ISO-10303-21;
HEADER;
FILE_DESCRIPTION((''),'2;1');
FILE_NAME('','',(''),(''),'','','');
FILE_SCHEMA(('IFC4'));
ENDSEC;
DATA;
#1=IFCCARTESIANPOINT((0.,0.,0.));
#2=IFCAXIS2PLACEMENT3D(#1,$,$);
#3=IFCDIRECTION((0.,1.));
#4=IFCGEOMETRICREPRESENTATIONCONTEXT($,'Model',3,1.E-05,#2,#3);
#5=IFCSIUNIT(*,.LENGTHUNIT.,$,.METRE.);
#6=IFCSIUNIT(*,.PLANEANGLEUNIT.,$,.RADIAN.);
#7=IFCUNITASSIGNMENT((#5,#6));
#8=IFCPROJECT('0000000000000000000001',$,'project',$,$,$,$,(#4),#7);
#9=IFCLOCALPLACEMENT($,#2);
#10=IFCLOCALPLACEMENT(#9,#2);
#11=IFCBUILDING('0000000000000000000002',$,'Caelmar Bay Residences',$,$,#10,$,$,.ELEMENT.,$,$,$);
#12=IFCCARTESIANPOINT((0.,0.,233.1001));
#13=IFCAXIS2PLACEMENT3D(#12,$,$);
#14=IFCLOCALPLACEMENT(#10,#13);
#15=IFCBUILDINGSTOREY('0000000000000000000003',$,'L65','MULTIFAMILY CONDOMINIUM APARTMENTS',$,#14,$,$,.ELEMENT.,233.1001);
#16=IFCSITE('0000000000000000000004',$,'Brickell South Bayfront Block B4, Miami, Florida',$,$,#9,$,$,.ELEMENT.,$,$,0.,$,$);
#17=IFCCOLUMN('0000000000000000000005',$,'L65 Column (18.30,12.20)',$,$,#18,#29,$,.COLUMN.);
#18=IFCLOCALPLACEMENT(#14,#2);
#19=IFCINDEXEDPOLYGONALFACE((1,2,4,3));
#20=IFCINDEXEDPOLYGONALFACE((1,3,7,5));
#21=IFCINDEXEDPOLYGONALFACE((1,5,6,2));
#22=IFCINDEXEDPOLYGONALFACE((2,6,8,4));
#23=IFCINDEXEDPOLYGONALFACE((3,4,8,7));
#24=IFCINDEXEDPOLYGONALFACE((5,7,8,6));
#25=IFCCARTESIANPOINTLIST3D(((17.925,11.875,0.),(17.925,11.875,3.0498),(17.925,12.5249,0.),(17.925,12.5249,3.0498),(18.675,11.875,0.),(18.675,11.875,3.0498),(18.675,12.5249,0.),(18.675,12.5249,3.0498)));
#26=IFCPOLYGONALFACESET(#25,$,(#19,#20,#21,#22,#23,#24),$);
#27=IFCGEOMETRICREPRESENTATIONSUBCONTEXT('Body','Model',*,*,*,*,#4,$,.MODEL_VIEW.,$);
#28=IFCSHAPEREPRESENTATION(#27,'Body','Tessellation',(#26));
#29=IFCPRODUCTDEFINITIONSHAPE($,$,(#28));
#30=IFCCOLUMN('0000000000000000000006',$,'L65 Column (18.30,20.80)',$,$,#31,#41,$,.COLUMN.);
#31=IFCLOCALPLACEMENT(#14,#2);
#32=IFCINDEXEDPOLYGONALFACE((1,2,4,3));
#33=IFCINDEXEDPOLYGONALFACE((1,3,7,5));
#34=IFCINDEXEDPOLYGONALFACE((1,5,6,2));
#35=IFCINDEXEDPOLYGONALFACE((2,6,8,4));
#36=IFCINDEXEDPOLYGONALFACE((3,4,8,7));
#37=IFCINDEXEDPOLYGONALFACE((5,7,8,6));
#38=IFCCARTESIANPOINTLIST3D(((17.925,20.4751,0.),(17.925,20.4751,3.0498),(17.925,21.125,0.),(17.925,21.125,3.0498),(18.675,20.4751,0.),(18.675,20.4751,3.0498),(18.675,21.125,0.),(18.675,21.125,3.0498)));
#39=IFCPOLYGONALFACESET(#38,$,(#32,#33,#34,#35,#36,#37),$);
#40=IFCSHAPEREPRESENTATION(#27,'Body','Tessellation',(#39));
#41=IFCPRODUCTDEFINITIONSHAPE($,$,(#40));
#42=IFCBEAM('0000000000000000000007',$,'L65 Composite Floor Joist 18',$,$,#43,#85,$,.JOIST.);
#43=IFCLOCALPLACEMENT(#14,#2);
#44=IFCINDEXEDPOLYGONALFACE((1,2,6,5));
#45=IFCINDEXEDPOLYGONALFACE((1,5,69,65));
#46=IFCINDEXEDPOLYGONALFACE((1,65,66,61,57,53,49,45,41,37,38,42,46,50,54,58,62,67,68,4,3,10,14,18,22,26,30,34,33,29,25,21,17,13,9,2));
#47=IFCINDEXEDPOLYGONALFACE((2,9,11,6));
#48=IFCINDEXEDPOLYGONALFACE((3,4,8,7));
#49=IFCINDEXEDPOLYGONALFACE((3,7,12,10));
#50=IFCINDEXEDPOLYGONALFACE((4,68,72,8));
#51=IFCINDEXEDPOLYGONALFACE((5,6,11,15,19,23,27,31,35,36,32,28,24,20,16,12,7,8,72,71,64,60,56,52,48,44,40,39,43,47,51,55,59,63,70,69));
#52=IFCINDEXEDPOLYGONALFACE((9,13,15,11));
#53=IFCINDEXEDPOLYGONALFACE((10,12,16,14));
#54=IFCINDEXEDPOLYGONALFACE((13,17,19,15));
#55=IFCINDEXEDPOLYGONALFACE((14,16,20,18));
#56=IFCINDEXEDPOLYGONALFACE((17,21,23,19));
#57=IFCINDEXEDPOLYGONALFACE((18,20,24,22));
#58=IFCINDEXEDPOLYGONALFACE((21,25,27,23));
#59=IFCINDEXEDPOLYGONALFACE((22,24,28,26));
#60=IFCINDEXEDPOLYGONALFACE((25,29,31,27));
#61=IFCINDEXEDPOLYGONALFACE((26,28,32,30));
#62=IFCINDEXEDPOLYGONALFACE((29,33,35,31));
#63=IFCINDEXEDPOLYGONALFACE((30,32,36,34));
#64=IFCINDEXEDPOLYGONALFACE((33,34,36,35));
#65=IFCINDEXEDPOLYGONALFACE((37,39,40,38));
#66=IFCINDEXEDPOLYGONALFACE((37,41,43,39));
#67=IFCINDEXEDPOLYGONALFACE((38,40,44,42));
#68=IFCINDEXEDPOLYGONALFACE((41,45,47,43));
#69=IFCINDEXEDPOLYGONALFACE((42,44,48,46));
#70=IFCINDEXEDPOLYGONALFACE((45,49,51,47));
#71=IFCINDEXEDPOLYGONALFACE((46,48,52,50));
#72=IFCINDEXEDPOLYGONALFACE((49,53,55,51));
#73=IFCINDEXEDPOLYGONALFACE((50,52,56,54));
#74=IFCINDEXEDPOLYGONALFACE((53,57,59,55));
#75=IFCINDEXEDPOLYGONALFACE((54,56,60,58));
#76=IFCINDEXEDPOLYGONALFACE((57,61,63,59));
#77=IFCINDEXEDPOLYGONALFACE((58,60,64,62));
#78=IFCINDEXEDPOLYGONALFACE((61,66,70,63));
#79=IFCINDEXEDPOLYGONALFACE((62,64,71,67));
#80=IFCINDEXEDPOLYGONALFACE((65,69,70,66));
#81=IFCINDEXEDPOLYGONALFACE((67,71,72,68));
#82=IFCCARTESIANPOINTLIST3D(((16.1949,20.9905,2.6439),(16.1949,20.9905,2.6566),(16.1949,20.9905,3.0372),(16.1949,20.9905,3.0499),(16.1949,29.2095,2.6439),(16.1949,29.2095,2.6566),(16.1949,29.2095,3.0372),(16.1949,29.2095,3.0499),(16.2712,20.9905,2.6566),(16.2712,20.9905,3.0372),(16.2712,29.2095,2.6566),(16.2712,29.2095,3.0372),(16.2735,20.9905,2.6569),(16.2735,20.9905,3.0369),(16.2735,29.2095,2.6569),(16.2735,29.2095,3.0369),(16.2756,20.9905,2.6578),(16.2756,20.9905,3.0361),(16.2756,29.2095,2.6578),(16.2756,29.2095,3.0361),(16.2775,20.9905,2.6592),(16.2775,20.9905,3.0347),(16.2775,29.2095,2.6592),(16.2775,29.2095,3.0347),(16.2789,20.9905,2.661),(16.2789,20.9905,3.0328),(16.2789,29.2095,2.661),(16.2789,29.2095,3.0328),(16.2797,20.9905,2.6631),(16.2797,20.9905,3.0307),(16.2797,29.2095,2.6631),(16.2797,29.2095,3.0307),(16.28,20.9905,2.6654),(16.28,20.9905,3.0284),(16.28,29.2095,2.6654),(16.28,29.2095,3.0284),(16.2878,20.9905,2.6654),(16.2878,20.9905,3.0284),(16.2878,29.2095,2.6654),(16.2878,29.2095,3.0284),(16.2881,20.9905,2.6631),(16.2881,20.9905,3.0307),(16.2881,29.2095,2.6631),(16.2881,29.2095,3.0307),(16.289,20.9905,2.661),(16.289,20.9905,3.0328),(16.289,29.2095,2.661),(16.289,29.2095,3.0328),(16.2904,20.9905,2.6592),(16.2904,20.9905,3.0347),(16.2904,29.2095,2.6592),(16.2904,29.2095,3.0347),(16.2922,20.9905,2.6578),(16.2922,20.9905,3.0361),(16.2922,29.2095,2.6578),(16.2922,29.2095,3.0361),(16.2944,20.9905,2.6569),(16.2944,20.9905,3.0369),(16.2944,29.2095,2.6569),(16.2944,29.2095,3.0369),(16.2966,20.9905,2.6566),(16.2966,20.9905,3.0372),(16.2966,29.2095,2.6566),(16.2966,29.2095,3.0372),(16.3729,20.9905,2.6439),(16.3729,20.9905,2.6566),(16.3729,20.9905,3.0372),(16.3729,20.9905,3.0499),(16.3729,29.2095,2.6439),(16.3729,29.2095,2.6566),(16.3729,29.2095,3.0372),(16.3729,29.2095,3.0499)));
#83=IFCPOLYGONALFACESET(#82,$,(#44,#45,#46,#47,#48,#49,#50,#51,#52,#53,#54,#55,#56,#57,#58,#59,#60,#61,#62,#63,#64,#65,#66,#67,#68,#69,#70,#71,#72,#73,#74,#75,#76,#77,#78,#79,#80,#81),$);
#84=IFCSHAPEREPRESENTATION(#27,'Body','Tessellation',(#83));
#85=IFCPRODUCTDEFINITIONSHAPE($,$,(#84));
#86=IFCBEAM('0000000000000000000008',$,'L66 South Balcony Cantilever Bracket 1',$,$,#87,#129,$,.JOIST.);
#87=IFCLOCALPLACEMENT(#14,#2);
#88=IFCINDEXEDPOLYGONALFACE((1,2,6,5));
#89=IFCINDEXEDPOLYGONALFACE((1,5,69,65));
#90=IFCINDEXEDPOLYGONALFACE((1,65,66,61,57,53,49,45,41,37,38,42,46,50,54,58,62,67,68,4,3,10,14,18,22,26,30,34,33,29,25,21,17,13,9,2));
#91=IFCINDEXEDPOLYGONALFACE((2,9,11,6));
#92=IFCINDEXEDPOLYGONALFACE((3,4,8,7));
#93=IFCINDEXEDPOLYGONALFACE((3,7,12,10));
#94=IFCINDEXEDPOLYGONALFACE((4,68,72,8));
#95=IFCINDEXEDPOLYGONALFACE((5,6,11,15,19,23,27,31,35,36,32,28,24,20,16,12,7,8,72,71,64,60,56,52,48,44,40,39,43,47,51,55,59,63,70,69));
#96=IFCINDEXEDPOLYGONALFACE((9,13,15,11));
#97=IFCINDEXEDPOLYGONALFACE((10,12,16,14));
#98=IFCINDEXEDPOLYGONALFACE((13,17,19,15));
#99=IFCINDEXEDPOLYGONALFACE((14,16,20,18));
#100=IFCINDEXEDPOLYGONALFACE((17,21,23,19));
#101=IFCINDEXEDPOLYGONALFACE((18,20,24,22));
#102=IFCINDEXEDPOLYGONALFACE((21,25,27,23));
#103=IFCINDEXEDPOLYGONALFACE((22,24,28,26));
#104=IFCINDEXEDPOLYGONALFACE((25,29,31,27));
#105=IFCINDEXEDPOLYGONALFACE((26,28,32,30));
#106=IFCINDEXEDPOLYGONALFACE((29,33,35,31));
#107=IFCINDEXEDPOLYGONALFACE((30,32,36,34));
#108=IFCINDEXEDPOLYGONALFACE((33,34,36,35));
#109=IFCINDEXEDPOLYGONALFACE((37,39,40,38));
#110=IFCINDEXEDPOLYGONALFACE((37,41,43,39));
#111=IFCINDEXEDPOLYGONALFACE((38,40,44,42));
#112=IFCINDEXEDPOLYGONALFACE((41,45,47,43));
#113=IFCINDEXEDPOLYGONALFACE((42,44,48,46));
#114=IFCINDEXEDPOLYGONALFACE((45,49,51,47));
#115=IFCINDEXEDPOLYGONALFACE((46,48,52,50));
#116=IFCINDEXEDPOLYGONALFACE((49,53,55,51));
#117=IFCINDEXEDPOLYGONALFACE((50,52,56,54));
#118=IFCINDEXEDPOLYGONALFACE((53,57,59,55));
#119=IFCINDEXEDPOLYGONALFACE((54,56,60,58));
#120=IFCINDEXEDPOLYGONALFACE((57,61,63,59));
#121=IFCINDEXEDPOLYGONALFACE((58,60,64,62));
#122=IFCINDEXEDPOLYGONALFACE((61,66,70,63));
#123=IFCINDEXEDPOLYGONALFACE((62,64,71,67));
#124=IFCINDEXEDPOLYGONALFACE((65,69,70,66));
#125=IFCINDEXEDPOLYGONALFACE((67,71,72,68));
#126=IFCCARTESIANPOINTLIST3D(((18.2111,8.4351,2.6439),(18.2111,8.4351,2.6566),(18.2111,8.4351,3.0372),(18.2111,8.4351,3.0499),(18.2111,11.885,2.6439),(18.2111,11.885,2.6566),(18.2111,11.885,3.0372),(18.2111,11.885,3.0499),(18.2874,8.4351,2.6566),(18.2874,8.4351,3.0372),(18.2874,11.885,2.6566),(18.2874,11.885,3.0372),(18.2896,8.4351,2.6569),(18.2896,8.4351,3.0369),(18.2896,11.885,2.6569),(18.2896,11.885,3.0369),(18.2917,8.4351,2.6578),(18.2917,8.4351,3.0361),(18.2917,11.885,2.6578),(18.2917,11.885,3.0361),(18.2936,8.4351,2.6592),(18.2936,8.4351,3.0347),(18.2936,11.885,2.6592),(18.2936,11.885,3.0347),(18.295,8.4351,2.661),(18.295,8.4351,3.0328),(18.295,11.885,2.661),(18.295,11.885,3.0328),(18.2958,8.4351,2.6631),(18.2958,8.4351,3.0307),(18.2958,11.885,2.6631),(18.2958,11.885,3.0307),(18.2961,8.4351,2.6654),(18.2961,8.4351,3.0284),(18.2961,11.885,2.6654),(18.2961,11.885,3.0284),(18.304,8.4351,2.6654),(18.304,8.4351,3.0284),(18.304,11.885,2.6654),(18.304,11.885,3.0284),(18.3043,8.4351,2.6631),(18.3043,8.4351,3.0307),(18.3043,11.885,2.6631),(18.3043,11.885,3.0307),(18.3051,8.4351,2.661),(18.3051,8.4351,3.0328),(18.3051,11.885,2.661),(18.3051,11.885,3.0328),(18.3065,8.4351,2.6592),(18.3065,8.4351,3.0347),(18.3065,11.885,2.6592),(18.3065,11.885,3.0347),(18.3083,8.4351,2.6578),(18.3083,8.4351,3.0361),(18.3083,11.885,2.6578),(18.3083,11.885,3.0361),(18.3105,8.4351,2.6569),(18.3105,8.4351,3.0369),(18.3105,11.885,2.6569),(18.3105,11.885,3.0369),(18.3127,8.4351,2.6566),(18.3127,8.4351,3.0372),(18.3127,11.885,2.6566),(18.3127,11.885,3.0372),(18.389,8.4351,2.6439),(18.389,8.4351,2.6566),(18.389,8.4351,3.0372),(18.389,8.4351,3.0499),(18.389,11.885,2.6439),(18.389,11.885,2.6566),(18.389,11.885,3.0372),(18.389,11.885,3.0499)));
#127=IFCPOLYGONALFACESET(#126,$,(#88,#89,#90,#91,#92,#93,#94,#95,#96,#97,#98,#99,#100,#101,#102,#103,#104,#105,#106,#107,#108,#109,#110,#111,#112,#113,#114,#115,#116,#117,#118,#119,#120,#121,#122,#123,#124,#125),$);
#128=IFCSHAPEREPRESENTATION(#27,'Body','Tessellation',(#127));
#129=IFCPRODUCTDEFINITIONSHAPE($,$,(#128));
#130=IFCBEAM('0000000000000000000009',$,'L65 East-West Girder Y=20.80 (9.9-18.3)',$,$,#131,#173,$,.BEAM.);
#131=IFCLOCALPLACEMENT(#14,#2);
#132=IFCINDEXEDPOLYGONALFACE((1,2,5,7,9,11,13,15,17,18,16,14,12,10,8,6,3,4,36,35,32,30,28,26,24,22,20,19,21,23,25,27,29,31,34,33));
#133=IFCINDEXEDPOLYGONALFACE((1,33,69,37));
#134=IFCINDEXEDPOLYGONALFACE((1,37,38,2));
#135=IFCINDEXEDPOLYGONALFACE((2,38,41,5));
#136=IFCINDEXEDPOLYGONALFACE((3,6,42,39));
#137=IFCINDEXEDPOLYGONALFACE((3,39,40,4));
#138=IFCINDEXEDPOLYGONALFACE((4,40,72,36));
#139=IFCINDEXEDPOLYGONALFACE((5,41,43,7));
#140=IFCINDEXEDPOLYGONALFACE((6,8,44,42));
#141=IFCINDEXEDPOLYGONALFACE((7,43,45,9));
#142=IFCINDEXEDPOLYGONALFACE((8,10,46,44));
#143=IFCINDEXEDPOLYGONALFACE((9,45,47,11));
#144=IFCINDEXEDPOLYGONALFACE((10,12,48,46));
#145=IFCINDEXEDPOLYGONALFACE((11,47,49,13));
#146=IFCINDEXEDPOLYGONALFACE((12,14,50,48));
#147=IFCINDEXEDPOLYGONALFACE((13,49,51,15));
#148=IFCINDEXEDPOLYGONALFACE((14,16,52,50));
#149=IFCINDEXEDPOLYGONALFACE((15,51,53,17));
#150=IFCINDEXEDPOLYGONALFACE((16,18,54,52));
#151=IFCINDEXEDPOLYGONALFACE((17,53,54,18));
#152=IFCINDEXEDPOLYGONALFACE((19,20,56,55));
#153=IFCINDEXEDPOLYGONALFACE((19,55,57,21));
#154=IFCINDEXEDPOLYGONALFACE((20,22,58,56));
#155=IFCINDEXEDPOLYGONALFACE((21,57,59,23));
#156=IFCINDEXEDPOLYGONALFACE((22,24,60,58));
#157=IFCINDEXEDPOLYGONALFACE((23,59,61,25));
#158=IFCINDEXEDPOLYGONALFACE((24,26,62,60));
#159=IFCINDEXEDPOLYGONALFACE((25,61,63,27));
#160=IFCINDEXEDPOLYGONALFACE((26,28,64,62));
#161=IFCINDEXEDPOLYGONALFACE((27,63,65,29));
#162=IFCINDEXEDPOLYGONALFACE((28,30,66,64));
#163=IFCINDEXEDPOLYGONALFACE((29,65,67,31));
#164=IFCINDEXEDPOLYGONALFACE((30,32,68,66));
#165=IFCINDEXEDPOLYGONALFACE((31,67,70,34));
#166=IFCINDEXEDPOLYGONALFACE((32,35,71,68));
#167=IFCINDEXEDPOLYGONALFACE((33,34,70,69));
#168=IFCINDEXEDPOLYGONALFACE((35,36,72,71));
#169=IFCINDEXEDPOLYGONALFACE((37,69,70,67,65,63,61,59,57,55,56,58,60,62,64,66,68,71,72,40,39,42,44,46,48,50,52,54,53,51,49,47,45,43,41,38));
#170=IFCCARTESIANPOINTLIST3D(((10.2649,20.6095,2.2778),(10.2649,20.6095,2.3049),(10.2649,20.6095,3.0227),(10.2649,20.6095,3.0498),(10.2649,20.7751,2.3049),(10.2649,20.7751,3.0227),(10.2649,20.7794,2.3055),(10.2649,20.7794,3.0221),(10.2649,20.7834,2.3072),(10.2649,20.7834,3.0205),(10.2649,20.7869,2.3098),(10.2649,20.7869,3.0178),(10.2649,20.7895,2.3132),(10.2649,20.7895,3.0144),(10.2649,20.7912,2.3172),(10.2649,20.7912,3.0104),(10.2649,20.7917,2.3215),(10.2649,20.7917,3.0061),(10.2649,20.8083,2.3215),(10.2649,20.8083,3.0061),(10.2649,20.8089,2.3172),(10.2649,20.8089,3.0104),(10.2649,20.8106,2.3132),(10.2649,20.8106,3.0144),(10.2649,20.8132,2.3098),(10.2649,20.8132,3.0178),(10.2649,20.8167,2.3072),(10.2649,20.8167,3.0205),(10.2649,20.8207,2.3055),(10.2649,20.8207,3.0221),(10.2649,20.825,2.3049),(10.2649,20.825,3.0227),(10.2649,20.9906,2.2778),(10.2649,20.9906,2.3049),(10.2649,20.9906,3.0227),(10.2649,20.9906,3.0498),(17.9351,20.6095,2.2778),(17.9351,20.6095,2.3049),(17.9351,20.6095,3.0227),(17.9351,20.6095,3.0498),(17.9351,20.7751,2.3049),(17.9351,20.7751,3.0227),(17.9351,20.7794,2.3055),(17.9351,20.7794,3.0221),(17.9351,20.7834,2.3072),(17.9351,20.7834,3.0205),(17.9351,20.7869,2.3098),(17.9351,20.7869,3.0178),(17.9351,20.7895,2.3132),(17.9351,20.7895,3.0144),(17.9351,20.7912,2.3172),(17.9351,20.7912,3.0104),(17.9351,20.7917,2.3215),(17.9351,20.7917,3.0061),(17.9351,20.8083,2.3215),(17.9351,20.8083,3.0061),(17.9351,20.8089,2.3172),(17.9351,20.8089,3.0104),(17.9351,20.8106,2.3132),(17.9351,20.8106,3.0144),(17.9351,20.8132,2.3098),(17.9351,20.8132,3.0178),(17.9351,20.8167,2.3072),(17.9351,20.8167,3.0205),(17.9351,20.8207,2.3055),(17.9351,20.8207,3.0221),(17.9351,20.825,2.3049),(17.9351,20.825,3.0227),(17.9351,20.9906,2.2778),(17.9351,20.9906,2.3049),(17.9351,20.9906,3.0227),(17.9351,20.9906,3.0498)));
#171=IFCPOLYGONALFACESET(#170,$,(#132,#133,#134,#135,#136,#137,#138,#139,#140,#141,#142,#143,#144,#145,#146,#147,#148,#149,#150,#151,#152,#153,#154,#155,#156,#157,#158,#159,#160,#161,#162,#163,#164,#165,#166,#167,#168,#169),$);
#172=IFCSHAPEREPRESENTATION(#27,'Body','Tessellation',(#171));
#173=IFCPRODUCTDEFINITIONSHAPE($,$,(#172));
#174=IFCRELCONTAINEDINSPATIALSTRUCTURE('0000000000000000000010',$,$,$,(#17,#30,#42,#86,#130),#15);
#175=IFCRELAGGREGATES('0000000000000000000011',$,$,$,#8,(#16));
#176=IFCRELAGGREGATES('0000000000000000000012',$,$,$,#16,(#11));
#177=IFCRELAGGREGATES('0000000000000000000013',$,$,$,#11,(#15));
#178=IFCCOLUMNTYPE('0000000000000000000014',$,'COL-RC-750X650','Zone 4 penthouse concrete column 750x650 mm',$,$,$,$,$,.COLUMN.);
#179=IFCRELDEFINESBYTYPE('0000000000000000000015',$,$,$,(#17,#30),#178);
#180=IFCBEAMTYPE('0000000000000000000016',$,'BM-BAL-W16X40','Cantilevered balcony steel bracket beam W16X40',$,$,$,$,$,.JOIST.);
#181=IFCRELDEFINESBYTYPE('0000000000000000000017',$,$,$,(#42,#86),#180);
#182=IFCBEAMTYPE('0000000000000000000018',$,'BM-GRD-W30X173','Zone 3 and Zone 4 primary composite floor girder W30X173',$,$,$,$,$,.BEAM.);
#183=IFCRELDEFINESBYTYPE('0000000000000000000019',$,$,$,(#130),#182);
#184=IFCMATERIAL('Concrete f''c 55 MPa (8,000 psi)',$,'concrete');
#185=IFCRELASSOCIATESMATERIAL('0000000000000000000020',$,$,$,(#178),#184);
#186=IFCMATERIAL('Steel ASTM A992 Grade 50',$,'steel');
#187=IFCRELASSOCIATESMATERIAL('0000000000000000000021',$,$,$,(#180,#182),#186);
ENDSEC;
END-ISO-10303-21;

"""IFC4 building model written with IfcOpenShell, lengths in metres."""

from ifc_helpers import new_model, si_unit, direction, frame, origin, origin_2d, place, context, subcontext, project, spatial, rectangle, i_section, extrude, material, material_profile, profile_set, type_object, element, save


model = new_model("IFC4")

# Units and contexts
model_context = context("Model", 3, precision=1e-05, world=origin(), true_north=direction((0.0, 1.0)))
body_context = subcontext(model_context, "Body", "Model", "MODEL_VIEW")
ifc_project = project(units=[si_unit("LENGTHUNIT", "METRE"), si_unit("PLANEANGLEUNIT", "RADIAN")], contexts=[model_context])

# Site, building, storey
site_placement = place(None, origin())
site = spatial("IfcSite", under=ifc_project, at=site_placement, Name="Brickell South Bayfront Block B4, Miami, Florida", CompositionType="ELEMENT", RefElevation=0.0)
building_placement = place(site_placement, origin())
building = spatial("IfcBuilding", under=site, at=building_placement, Name="Caelmar Bay Residences", CompositionType="ELEMENT")
storey_placement = place(building_placement, frame((0.0, 0.0, 233.1001)))
storey = spatial("IfcBuildingStorey", under=building, at=storey_placement, Name="L65", Description="MULTIFAMILY CONDOMINIUM APARTMENTS", CompositionType="ELEMENT", Elevation=233.1001)

# Columns
ifc_material_1 = material(Name="Concrete f'c 55 MPa (8,000 psi)", Category="concrete")
ifc_material_profile_1 = material_profile(ifc_material_1, rectangle(XDim=0.75, YDim=0.6499, at=origin_2d()), Name="RC-COL-750X650")
ifc_profile_set_1 = profile_set([ifc_material_profile_1], Name="Concrete f'c 55 MPa (8,000 psi)")
column_type = type_object("IfcColumnType", Name="COL-RC-750X650", Description="Zone 4 penthouse concrete column 750x650 mm", PredefinedType="COLUMN", material=ifc_profile_set_1)
for number, where, z_axis, x_axis, name in (
    (1, (18.3, 12.2, 0.0), (0.0, 0.0, 1.0), (1.0, 0.0, 0.0), "L65 Column (18.30,12.20)"),
    (2, (18.3, 20.8, 0.0), (0.0, 0.0, 1.0), (1.0, 0.0, 0.0), "L65 Column (18.30,20.80)"),
):
    element("IfcColumn", number, at=place(storey_placement, frame(where, z_axis=z_axis, x_axis=x_axis)), inside=storey, type_object=column_type, Name=name, PredefinedType="COLUMN", context=body_context, shape_type="SweptSolid", body=[
        extrude(rectangle(XDim=0.75, YDim=0.6499, at=origin_2d()), origin(), (0.0, 0.0, 1.0), 3.0498),
    ])

# Beams
ifc_material_2 = material(Name="Steel ASTM A992 Grade 50", Category="steel")
ifc_material_profile_2 = material_profile(ifc_material_2, i_section(OverallWidth=0.178, OverallDepth=0.406, WebThickness=0.0078, FlangeThickness=0.0127, FilletRadius=0.0088, at=origin_2d()), Name="W16X40")
ifc_profile_set_2 = profile_set([ifc_material_profile_2], Name="Steel ASTM A992 Grade 50")
beam_type_1 = type_object("IfcBeamType", Name="BM-BAL-W16X40", Description="Cantilevered balcony steel bracket beam W16X40", PredefinedType="JOIST", material=ifc_profile_set_2)
beam_1_placement = place(storey_placement, frame((16.2839, 20.9905, 2.8469), z_axis=(0.0, 1.0, 0.0), x_axis=(-1.0, 0.0, 0.0)))
element("IfcBeam", 3, at=beam_1_placement, inside=storey, type_object=beam_type_1, Name="L65 Composite Floor Joist 18", PredefinedType="JOIST", context=body_context, shape_type="SweptSolid", body=[
    extrude(i_section(OverallWidth=0.178, OverallDepth=0.406, WebThickness=0.0078, FlangeThickness=0.0127, FilletRadius=0.0088, at=origin_2d()), origin(), (0.0, 0.0, 1.0), 8.219),
])
beam_2_placement = place(storey_placement, frame((18.3, 11.885, 2.8469), z_axis=(0.0, -1.0, 0.0), x_axis=(1.0, 0.0, 0.0)))
element("IfcBeam", 4, at=beam_2_placement, inside=storey, type_object=beam_type_1, Name="L66 South Balcony Cantilever Bracket 1", PredefinedType="JOIST", context=body_context, shape_type="SweptSolid", body=[
    extrude(i_section(OverallWidth=0.178, OverallDepth=0.406, WebThickness=0.0078, FlangeThickness=0.0127, FilletRadius=0.0088, at=origin_2d()), origin(), (0.0, 0.0, 1.0), 3.45),
])
ifc_material_profile_3 = material_profile(ifc_material_2, i_section(OverallWidth=0.3811, OverallDepth=0.772, WebThickness=0.0166, FlangeThickness=0.0271, FilletRadius=0.0166, at=origin_2d()), Name="W30X173")
ifc_profile_set_3 = profile_set([ifc_material_profile_3], Name="Steel ASTM A992 Grade 50")
beam_type_2 = type_object("IfcBeamType", Name="BM-GRD-W30X173", Description="Zone 3 and Zone 4 primary composite floor girder W30X173", PredefinedType="BEAM", material=ifc_profile_set_3)
beam_3_placement = place(storey_placement, frame((10.2649, 20.8, 2.6638), z_axis=(1.0, 0.0, 0.0), x_axis=(0.0, 1.0, 0.0)))
element("IfcBeam", 5, at=beam_3_placement, inside=storey, type_object=beam_type_2, Name="L65 East-West Girder Y=20.80 (9.9-18.3)", PredefinedType="BEAM", context=body_context, shape_type="SweptSolid", body=[
    extrude(i_section(OverallWidth=0.3811, OverallDepth=0.772, WebThickness=0.0166, FlangeThickness=0.0271, FilletRadius=0.0166, at=origin_2d()), origin(), (0.0, 0.0, 1.0), 7.6702),
])

save(model, "model.ifc")
